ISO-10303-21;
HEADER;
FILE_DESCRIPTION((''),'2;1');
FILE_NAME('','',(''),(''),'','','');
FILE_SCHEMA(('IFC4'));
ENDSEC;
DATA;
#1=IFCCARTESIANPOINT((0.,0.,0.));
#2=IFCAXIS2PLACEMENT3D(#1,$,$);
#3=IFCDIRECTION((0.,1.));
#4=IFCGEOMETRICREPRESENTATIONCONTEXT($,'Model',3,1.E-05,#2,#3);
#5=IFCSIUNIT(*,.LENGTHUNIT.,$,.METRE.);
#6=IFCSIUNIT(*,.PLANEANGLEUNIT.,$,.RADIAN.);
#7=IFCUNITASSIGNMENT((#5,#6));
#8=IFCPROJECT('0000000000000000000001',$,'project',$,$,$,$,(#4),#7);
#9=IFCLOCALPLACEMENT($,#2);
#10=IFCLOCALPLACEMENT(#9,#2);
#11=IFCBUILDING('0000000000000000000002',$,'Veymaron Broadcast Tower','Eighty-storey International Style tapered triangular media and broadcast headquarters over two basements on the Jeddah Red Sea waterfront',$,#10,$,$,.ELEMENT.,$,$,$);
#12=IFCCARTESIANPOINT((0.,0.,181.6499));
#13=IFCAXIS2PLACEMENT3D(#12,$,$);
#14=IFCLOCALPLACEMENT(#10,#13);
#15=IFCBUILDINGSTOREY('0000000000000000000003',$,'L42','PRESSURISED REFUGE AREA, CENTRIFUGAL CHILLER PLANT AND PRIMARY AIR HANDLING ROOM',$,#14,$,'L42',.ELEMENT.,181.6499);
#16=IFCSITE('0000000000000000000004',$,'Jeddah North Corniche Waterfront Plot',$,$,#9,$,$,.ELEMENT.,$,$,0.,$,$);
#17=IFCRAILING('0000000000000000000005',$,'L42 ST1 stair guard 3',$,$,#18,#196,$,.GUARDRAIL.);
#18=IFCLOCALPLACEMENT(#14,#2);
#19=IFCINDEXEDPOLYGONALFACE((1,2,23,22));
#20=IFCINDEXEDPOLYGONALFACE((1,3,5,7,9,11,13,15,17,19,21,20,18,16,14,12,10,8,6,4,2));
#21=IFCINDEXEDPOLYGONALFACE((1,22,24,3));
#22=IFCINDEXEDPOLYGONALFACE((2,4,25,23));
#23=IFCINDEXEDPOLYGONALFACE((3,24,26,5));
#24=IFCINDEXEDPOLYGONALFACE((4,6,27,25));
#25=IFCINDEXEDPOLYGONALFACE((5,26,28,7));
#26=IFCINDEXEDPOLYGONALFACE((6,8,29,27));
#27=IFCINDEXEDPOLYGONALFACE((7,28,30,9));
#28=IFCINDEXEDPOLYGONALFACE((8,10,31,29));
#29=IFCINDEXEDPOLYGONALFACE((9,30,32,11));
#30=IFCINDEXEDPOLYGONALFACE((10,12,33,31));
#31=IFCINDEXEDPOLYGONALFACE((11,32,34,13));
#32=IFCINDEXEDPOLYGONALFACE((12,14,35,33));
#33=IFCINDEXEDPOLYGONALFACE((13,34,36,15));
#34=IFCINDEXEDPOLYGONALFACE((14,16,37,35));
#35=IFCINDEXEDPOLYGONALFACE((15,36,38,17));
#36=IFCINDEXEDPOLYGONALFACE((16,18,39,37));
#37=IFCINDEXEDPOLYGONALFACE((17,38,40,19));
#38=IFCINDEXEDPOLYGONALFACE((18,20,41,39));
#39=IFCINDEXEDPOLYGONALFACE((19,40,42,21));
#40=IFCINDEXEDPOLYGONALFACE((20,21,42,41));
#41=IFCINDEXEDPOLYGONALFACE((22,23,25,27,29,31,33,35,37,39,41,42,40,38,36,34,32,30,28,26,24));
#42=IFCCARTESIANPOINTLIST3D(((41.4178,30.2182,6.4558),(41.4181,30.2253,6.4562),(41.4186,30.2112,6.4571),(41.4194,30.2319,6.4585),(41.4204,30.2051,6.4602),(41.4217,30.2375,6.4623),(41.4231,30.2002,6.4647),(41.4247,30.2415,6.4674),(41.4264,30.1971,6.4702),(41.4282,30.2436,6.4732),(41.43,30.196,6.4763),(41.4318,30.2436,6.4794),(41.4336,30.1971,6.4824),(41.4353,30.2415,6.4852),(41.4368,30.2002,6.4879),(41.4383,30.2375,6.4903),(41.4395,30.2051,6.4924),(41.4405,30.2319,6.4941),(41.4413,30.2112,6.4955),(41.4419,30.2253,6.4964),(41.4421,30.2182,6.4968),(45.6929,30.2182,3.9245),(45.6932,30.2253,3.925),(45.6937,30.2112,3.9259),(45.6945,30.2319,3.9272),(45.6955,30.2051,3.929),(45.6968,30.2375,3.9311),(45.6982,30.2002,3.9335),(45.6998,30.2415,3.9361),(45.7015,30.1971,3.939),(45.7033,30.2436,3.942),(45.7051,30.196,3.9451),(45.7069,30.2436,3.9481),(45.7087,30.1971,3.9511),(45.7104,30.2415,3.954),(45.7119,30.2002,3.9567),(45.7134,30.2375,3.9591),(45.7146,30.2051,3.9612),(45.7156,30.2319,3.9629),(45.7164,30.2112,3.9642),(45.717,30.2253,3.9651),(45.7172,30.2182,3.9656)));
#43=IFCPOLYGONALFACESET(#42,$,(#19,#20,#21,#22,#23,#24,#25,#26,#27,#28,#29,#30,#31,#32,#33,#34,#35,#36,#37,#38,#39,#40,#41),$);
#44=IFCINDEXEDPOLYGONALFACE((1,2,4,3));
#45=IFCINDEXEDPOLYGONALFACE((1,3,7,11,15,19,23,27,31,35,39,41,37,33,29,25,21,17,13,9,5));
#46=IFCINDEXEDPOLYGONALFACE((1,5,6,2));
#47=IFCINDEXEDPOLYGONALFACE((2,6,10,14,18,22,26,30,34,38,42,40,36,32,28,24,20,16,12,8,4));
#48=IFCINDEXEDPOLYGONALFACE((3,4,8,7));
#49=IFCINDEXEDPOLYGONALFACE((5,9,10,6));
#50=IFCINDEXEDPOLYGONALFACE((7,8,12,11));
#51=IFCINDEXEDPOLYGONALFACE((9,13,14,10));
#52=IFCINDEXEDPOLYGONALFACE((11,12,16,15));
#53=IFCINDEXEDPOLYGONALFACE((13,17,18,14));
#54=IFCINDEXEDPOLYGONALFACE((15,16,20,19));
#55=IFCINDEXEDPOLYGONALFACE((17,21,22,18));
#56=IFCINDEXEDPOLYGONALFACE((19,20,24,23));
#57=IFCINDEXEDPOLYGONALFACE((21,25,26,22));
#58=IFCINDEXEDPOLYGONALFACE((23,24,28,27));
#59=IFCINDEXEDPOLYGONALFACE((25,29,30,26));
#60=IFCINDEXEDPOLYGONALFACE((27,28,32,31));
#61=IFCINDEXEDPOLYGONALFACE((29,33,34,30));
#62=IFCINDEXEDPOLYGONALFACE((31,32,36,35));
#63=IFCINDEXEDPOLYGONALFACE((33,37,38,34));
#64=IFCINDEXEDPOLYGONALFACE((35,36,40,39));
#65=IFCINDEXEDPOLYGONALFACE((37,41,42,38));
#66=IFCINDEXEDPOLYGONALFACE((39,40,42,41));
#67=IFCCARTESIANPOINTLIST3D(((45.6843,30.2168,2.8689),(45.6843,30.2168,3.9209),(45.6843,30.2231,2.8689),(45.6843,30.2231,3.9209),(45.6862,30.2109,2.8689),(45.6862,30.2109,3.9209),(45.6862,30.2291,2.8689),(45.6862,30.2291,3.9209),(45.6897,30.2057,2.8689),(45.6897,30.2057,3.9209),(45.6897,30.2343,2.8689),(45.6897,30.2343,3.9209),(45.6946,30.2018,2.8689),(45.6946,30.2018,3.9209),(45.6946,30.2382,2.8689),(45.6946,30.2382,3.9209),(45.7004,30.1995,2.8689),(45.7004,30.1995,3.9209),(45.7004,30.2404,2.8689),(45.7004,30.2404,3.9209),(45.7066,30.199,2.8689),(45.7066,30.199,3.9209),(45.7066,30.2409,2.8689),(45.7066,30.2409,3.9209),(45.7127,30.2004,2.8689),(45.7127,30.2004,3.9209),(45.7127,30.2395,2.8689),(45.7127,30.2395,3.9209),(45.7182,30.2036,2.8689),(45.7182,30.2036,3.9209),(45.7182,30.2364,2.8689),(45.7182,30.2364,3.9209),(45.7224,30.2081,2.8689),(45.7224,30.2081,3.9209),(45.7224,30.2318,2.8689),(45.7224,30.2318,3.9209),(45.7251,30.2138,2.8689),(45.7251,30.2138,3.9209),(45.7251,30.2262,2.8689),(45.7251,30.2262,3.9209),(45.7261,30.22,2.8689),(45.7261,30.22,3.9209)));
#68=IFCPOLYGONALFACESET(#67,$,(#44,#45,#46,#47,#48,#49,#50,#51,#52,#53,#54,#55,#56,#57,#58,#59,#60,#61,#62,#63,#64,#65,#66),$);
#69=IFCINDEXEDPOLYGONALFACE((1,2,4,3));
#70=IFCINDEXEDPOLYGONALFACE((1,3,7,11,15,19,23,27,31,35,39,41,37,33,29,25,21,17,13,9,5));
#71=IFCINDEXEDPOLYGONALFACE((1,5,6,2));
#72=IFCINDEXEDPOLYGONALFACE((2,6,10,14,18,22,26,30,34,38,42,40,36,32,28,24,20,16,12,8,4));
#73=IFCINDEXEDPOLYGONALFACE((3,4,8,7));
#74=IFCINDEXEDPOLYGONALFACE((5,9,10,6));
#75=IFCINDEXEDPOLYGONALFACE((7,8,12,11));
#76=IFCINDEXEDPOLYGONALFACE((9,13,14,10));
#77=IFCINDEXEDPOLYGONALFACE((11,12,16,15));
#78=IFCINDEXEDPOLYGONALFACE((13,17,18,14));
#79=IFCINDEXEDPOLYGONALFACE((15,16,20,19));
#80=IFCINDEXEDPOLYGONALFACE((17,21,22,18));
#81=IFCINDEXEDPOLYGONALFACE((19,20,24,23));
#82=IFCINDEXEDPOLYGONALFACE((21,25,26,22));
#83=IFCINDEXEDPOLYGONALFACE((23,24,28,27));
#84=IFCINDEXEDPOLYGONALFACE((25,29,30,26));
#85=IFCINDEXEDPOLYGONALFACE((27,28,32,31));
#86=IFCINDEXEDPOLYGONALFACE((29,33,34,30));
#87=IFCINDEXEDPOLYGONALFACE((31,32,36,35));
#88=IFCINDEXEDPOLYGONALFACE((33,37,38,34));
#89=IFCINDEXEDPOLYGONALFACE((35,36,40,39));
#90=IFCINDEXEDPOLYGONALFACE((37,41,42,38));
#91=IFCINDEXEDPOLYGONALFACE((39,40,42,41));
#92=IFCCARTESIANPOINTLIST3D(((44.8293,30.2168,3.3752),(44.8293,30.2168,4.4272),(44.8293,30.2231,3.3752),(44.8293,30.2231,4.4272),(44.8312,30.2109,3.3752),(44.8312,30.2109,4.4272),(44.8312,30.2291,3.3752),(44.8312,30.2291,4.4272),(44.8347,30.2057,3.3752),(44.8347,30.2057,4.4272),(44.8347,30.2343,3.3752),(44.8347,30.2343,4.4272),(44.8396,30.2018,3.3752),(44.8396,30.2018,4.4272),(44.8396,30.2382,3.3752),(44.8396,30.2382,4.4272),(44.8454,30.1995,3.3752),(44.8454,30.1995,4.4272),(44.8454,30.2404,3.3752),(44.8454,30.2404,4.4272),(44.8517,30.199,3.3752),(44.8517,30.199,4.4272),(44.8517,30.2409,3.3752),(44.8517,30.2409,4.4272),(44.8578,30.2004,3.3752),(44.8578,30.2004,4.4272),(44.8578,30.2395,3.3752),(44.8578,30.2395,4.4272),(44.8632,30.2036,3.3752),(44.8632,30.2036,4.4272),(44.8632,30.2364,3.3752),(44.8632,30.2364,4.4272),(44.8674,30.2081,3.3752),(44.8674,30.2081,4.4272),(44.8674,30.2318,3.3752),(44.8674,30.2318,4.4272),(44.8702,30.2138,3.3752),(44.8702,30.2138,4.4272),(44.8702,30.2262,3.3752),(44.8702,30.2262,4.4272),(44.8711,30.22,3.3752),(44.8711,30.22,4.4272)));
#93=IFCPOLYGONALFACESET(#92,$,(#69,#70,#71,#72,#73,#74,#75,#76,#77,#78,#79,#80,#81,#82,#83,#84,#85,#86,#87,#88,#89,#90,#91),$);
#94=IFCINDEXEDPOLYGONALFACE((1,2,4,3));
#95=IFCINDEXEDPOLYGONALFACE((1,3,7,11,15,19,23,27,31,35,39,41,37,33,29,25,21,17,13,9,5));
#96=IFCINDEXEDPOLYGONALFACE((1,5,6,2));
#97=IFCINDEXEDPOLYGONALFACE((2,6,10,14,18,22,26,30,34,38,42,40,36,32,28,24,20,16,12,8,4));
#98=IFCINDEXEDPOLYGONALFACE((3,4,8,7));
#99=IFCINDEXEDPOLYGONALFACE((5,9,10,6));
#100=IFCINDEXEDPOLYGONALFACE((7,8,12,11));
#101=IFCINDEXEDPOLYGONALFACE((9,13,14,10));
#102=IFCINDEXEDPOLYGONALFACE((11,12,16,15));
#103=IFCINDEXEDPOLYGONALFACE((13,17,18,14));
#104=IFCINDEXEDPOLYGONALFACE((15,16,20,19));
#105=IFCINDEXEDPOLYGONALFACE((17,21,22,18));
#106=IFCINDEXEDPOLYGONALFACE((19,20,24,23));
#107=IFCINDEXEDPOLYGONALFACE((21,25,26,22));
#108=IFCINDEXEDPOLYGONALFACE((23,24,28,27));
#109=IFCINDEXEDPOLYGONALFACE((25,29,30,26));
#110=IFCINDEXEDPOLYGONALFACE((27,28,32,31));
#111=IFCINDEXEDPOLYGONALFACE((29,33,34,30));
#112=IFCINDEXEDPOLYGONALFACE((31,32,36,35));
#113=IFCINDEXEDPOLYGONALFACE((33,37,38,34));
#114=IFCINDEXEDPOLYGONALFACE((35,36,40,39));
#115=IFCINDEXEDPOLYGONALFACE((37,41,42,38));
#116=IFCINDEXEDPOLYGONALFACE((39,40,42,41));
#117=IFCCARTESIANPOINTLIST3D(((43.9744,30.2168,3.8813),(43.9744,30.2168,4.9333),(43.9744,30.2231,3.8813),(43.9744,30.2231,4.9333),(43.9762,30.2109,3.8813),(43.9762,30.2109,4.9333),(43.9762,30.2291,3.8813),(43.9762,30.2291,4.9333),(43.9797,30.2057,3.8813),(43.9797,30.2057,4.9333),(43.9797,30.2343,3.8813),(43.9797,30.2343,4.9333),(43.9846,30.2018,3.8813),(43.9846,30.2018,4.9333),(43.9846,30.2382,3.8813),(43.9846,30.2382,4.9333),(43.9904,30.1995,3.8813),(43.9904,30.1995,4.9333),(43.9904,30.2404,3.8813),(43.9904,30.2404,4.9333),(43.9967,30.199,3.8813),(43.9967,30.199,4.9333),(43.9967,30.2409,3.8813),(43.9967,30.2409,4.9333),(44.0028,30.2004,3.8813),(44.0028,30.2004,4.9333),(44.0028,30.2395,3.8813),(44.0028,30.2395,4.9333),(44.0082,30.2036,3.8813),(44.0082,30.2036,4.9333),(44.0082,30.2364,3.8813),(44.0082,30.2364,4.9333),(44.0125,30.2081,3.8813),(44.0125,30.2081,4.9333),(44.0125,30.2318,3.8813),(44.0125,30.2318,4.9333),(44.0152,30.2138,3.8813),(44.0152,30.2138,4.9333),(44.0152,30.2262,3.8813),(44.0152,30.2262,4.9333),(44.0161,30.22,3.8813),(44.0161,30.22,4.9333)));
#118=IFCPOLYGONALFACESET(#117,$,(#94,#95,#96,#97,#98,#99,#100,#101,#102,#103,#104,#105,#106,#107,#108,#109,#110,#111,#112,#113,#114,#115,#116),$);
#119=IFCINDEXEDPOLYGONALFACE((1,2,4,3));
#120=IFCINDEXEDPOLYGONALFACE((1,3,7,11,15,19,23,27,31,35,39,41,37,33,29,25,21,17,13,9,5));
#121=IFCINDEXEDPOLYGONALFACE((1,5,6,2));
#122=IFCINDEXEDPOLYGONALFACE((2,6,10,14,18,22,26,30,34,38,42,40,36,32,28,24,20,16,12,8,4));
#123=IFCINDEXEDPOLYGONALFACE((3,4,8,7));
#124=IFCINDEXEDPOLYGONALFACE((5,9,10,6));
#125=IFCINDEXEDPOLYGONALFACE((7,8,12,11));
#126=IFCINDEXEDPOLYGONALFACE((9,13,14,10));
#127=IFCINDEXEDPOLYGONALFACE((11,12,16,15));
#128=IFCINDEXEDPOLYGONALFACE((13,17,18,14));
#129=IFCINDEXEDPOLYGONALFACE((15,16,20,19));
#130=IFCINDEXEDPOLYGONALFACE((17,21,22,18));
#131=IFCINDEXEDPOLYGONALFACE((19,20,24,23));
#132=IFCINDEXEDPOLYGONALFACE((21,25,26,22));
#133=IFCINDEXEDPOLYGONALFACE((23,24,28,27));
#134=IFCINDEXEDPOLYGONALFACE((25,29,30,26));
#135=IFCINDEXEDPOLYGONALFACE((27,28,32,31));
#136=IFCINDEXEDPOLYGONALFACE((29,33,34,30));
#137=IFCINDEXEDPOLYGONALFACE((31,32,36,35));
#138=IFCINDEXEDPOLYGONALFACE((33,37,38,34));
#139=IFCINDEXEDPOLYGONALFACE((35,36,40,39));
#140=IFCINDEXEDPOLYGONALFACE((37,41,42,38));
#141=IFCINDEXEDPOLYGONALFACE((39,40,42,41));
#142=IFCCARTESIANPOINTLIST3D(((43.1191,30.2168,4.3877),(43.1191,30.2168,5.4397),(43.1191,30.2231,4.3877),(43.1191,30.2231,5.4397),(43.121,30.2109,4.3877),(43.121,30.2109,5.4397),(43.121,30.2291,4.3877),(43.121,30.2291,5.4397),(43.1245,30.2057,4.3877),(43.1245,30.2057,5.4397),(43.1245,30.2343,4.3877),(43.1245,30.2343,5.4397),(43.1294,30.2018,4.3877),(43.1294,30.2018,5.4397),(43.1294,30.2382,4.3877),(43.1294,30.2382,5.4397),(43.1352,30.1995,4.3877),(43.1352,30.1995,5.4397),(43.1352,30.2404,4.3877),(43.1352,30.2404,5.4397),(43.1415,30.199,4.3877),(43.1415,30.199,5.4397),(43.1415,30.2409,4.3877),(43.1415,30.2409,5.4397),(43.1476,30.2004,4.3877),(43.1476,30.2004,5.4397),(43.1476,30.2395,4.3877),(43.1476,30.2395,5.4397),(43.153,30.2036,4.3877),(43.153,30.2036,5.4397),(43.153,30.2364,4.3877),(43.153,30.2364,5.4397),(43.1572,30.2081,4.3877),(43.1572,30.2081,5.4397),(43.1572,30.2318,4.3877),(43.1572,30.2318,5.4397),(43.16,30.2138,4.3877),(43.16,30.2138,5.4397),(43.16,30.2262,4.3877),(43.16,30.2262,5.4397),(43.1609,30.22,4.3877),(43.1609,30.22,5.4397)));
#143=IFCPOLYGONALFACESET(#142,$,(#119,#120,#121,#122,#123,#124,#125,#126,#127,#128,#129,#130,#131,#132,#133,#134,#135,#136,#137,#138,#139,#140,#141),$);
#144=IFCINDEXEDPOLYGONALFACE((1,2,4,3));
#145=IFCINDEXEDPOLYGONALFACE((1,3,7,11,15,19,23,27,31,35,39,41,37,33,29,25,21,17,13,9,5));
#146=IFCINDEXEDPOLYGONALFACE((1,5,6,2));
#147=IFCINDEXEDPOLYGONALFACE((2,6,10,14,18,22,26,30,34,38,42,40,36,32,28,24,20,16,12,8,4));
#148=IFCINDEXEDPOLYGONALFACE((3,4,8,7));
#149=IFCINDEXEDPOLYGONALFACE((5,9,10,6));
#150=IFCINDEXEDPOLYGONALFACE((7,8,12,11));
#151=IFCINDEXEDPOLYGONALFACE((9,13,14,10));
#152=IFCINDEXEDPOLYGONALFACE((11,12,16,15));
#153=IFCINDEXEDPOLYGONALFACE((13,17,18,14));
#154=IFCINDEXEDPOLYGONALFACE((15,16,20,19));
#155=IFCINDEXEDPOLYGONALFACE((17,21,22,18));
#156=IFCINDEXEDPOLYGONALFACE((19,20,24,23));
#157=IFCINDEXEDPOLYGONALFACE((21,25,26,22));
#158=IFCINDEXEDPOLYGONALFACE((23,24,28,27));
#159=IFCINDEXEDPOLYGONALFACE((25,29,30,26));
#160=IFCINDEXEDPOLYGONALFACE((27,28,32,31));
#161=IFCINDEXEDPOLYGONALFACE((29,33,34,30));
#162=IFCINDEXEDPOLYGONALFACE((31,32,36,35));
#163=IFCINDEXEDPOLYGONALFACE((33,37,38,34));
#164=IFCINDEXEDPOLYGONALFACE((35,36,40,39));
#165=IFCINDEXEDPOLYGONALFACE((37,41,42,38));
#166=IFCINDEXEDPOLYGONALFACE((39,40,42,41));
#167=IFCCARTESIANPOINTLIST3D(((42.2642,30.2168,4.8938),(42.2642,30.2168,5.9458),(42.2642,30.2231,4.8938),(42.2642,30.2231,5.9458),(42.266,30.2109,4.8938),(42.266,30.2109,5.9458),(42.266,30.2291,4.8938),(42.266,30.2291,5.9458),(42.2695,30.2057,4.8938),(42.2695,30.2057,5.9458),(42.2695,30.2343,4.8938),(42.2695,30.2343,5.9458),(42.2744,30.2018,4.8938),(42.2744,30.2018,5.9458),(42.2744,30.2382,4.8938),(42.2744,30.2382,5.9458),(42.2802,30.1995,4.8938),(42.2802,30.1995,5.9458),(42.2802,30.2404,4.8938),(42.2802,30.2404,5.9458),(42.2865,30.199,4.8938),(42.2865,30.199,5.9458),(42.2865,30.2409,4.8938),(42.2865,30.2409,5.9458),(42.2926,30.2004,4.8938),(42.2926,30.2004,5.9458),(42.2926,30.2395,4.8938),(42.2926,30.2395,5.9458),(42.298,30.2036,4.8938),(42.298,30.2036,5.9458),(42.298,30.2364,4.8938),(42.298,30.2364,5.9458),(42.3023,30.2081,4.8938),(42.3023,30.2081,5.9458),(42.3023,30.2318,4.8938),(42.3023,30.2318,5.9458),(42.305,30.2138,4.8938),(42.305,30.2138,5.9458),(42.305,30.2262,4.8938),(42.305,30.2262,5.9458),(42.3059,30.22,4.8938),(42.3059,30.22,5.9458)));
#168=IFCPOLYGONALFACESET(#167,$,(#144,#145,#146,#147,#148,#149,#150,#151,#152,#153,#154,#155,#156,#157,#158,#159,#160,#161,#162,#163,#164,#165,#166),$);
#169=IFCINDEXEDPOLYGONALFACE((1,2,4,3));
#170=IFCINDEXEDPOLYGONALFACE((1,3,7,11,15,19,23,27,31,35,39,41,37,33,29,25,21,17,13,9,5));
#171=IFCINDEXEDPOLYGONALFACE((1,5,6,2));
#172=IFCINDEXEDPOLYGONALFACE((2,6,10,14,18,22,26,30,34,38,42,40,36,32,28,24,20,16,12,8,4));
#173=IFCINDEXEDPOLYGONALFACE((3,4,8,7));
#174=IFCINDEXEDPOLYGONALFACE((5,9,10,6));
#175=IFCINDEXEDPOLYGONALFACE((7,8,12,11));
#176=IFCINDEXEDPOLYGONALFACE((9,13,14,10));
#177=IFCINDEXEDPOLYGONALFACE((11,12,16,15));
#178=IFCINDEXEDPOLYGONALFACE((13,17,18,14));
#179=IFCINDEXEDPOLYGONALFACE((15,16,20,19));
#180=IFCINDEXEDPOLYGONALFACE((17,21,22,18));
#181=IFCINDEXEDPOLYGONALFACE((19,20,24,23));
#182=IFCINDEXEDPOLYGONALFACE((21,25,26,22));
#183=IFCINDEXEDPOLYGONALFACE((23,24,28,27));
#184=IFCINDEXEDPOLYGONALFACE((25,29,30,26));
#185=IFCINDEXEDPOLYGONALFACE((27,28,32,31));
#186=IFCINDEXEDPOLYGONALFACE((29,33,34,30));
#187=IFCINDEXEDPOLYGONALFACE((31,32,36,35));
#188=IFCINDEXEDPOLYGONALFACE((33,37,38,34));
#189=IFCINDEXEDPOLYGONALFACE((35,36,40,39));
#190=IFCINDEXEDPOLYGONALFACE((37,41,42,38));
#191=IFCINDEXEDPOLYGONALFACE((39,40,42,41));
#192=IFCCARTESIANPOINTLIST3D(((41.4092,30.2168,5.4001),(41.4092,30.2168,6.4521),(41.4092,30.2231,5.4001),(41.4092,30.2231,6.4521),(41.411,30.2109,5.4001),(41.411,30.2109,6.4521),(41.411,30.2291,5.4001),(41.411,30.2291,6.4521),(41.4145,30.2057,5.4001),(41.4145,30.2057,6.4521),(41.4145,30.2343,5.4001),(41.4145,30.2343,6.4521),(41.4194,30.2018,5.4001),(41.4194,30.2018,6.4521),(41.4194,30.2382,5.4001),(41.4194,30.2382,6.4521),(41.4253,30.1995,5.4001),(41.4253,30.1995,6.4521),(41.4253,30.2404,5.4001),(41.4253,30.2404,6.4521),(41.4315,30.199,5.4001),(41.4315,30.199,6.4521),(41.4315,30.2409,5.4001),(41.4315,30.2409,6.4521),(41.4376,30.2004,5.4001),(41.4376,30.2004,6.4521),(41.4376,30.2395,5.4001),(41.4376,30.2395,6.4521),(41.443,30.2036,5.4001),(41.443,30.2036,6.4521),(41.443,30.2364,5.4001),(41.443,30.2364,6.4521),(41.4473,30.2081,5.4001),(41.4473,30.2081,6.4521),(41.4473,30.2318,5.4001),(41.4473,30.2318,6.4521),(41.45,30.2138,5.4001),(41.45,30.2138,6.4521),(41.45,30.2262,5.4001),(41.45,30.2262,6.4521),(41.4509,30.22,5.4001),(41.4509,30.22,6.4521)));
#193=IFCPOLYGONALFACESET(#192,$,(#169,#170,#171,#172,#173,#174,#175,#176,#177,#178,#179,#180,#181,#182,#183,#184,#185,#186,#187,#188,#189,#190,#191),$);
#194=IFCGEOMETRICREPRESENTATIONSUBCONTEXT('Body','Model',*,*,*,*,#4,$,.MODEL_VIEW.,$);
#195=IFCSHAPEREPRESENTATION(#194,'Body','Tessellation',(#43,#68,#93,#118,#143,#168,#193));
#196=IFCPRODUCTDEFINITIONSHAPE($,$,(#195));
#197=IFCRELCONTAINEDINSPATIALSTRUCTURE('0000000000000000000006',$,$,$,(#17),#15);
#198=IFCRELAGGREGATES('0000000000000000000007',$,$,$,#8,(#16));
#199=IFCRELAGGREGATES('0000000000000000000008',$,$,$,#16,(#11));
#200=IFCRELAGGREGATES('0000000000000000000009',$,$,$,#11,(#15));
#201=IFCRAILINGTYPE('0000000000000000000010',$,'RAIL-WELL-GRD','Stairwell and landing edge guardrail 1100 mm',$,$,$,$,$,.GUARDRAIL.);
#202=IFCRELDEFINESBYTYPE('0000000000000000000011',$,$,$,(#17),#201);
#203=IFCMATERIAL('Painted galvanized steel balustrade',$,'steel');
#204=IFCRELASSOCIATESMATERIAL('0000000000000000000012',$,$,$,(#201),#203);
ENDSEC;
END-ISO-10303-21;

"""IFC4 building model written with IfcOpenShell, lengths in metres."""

from ifc_helpers import new_model, si_unit, direction, frame, origin, origin_2d, place, context, subcontext, project, spatial, circle, extrude, material, type_object, element, save


model = new_model("IFC4")

# Units and contexts
model_context = context("Model", 3, precision=1e-05, world=origin(), true_north=direction((0.0, 1.0)))
body_context = subcontext(model_context, "Body", "Model", "MODEL_VIEW")
ifc_project = project(units=[si_unit("LENGTHUNIT", "METRE"), si_unit("PLANEANGLEUNIT", "RADIAN")], contexts=[model_context])

# Site, building, storey
site_placement = place(None, origin())
site = spatial("IfcSite", under=ifc_project, at=site_placement, Name="Jeddah North Corniche Waterfront Plot", CompositionType="ELEMENT", RefElevation=0.0)
building_placement = place(site_placement, origin())
building = spatial("IfcBuilding", under=site, at=building_placement, Name="Veymaron Broadcast Tower", Description="Eighty-storey International Style tapered triangular media and broadcast headquarters over two basements on the Jeddah Red Sea waterfront", CompositionType="ELEMENT")
storey_placement = place(building_placement, frame((0.0, 0.0, 181.6499)))
storey = spatial("IfcBuildingStorey", under=building, at=storey_placement, Name="L42", Description="PRESSURISED REFUGE AREA, CENTRIFUGAL CHILLER PLANT AND PRIMARY AIR HANDLING ROOM", LongName="L42", CompositionType="ELEMENT", Elevation=181.6499)

# Railing
ifc_material_1 = material(Name="Painted galvanized steel balustrade", Category="steel")
railing_type_1 = type_object("IfcRailingType", Name="RAIL-WELL-GRD", Description="Stairwell and landing edge guardrail 1100 mm", PredefinedType="GUARDRAIL", material=ifc_material_1)
railing_1_placement = place(storey_placement, frame((45.7051, 30.22, 2.8689)))
element("IfcRailing", 1, at=railing_1_placement, inside=storey, type_object=railing_type_1, Name="L42 ST1 stair guard 3", PredefinedType="GUARDRAIL", context=body_context, shape_type="SweptSolid", body=[
    extrude(circle(Radius=0.0239, at=origin_2d()), frame((0.0, 0.0, 1.0762), z_axis=(-0.860483, 0.0, 0.509479), x_axis=(0.0, -1.0, 0.0)), (0.0, 0.0, 1.0), 4.9683),
    extrude(circle(Radius=0.021, at=origin_2d()), origin(), (0.0, 0.0, 1.0), 1.052),
    extrude(circle(Radius=0.021, at=origin_2d()), frame((-0.855, 0.0, 0.5063)), (0.0, 0.0, 1.0), 1.052),
    extrude(circle(Radius=0.021, at=origin_2d()), frame((-1.71, 0.0, 1.0125)), (0.0, 0.0, 1.0), 1.052),
    extrude(circle(Radius=0.021, at=origin_2d()), frame((-2.5652, 0.0, 1.5188)), (0.0, 0.0, 1.0), 1.052),
    extrude(circle(Radius=0.021, at=origin_2d()), frame((-3.4202, 0.0, 2.0249)), (0.0, 0.0, 1.0), 1.052),
    extrude(circle(Radius=0.021, at=origin_2d()), frame((-4.2751, 0.0, 2.5312)), (0.0, 0.0, 1.0), 1.052),
])

save(model, "model.ifc")
